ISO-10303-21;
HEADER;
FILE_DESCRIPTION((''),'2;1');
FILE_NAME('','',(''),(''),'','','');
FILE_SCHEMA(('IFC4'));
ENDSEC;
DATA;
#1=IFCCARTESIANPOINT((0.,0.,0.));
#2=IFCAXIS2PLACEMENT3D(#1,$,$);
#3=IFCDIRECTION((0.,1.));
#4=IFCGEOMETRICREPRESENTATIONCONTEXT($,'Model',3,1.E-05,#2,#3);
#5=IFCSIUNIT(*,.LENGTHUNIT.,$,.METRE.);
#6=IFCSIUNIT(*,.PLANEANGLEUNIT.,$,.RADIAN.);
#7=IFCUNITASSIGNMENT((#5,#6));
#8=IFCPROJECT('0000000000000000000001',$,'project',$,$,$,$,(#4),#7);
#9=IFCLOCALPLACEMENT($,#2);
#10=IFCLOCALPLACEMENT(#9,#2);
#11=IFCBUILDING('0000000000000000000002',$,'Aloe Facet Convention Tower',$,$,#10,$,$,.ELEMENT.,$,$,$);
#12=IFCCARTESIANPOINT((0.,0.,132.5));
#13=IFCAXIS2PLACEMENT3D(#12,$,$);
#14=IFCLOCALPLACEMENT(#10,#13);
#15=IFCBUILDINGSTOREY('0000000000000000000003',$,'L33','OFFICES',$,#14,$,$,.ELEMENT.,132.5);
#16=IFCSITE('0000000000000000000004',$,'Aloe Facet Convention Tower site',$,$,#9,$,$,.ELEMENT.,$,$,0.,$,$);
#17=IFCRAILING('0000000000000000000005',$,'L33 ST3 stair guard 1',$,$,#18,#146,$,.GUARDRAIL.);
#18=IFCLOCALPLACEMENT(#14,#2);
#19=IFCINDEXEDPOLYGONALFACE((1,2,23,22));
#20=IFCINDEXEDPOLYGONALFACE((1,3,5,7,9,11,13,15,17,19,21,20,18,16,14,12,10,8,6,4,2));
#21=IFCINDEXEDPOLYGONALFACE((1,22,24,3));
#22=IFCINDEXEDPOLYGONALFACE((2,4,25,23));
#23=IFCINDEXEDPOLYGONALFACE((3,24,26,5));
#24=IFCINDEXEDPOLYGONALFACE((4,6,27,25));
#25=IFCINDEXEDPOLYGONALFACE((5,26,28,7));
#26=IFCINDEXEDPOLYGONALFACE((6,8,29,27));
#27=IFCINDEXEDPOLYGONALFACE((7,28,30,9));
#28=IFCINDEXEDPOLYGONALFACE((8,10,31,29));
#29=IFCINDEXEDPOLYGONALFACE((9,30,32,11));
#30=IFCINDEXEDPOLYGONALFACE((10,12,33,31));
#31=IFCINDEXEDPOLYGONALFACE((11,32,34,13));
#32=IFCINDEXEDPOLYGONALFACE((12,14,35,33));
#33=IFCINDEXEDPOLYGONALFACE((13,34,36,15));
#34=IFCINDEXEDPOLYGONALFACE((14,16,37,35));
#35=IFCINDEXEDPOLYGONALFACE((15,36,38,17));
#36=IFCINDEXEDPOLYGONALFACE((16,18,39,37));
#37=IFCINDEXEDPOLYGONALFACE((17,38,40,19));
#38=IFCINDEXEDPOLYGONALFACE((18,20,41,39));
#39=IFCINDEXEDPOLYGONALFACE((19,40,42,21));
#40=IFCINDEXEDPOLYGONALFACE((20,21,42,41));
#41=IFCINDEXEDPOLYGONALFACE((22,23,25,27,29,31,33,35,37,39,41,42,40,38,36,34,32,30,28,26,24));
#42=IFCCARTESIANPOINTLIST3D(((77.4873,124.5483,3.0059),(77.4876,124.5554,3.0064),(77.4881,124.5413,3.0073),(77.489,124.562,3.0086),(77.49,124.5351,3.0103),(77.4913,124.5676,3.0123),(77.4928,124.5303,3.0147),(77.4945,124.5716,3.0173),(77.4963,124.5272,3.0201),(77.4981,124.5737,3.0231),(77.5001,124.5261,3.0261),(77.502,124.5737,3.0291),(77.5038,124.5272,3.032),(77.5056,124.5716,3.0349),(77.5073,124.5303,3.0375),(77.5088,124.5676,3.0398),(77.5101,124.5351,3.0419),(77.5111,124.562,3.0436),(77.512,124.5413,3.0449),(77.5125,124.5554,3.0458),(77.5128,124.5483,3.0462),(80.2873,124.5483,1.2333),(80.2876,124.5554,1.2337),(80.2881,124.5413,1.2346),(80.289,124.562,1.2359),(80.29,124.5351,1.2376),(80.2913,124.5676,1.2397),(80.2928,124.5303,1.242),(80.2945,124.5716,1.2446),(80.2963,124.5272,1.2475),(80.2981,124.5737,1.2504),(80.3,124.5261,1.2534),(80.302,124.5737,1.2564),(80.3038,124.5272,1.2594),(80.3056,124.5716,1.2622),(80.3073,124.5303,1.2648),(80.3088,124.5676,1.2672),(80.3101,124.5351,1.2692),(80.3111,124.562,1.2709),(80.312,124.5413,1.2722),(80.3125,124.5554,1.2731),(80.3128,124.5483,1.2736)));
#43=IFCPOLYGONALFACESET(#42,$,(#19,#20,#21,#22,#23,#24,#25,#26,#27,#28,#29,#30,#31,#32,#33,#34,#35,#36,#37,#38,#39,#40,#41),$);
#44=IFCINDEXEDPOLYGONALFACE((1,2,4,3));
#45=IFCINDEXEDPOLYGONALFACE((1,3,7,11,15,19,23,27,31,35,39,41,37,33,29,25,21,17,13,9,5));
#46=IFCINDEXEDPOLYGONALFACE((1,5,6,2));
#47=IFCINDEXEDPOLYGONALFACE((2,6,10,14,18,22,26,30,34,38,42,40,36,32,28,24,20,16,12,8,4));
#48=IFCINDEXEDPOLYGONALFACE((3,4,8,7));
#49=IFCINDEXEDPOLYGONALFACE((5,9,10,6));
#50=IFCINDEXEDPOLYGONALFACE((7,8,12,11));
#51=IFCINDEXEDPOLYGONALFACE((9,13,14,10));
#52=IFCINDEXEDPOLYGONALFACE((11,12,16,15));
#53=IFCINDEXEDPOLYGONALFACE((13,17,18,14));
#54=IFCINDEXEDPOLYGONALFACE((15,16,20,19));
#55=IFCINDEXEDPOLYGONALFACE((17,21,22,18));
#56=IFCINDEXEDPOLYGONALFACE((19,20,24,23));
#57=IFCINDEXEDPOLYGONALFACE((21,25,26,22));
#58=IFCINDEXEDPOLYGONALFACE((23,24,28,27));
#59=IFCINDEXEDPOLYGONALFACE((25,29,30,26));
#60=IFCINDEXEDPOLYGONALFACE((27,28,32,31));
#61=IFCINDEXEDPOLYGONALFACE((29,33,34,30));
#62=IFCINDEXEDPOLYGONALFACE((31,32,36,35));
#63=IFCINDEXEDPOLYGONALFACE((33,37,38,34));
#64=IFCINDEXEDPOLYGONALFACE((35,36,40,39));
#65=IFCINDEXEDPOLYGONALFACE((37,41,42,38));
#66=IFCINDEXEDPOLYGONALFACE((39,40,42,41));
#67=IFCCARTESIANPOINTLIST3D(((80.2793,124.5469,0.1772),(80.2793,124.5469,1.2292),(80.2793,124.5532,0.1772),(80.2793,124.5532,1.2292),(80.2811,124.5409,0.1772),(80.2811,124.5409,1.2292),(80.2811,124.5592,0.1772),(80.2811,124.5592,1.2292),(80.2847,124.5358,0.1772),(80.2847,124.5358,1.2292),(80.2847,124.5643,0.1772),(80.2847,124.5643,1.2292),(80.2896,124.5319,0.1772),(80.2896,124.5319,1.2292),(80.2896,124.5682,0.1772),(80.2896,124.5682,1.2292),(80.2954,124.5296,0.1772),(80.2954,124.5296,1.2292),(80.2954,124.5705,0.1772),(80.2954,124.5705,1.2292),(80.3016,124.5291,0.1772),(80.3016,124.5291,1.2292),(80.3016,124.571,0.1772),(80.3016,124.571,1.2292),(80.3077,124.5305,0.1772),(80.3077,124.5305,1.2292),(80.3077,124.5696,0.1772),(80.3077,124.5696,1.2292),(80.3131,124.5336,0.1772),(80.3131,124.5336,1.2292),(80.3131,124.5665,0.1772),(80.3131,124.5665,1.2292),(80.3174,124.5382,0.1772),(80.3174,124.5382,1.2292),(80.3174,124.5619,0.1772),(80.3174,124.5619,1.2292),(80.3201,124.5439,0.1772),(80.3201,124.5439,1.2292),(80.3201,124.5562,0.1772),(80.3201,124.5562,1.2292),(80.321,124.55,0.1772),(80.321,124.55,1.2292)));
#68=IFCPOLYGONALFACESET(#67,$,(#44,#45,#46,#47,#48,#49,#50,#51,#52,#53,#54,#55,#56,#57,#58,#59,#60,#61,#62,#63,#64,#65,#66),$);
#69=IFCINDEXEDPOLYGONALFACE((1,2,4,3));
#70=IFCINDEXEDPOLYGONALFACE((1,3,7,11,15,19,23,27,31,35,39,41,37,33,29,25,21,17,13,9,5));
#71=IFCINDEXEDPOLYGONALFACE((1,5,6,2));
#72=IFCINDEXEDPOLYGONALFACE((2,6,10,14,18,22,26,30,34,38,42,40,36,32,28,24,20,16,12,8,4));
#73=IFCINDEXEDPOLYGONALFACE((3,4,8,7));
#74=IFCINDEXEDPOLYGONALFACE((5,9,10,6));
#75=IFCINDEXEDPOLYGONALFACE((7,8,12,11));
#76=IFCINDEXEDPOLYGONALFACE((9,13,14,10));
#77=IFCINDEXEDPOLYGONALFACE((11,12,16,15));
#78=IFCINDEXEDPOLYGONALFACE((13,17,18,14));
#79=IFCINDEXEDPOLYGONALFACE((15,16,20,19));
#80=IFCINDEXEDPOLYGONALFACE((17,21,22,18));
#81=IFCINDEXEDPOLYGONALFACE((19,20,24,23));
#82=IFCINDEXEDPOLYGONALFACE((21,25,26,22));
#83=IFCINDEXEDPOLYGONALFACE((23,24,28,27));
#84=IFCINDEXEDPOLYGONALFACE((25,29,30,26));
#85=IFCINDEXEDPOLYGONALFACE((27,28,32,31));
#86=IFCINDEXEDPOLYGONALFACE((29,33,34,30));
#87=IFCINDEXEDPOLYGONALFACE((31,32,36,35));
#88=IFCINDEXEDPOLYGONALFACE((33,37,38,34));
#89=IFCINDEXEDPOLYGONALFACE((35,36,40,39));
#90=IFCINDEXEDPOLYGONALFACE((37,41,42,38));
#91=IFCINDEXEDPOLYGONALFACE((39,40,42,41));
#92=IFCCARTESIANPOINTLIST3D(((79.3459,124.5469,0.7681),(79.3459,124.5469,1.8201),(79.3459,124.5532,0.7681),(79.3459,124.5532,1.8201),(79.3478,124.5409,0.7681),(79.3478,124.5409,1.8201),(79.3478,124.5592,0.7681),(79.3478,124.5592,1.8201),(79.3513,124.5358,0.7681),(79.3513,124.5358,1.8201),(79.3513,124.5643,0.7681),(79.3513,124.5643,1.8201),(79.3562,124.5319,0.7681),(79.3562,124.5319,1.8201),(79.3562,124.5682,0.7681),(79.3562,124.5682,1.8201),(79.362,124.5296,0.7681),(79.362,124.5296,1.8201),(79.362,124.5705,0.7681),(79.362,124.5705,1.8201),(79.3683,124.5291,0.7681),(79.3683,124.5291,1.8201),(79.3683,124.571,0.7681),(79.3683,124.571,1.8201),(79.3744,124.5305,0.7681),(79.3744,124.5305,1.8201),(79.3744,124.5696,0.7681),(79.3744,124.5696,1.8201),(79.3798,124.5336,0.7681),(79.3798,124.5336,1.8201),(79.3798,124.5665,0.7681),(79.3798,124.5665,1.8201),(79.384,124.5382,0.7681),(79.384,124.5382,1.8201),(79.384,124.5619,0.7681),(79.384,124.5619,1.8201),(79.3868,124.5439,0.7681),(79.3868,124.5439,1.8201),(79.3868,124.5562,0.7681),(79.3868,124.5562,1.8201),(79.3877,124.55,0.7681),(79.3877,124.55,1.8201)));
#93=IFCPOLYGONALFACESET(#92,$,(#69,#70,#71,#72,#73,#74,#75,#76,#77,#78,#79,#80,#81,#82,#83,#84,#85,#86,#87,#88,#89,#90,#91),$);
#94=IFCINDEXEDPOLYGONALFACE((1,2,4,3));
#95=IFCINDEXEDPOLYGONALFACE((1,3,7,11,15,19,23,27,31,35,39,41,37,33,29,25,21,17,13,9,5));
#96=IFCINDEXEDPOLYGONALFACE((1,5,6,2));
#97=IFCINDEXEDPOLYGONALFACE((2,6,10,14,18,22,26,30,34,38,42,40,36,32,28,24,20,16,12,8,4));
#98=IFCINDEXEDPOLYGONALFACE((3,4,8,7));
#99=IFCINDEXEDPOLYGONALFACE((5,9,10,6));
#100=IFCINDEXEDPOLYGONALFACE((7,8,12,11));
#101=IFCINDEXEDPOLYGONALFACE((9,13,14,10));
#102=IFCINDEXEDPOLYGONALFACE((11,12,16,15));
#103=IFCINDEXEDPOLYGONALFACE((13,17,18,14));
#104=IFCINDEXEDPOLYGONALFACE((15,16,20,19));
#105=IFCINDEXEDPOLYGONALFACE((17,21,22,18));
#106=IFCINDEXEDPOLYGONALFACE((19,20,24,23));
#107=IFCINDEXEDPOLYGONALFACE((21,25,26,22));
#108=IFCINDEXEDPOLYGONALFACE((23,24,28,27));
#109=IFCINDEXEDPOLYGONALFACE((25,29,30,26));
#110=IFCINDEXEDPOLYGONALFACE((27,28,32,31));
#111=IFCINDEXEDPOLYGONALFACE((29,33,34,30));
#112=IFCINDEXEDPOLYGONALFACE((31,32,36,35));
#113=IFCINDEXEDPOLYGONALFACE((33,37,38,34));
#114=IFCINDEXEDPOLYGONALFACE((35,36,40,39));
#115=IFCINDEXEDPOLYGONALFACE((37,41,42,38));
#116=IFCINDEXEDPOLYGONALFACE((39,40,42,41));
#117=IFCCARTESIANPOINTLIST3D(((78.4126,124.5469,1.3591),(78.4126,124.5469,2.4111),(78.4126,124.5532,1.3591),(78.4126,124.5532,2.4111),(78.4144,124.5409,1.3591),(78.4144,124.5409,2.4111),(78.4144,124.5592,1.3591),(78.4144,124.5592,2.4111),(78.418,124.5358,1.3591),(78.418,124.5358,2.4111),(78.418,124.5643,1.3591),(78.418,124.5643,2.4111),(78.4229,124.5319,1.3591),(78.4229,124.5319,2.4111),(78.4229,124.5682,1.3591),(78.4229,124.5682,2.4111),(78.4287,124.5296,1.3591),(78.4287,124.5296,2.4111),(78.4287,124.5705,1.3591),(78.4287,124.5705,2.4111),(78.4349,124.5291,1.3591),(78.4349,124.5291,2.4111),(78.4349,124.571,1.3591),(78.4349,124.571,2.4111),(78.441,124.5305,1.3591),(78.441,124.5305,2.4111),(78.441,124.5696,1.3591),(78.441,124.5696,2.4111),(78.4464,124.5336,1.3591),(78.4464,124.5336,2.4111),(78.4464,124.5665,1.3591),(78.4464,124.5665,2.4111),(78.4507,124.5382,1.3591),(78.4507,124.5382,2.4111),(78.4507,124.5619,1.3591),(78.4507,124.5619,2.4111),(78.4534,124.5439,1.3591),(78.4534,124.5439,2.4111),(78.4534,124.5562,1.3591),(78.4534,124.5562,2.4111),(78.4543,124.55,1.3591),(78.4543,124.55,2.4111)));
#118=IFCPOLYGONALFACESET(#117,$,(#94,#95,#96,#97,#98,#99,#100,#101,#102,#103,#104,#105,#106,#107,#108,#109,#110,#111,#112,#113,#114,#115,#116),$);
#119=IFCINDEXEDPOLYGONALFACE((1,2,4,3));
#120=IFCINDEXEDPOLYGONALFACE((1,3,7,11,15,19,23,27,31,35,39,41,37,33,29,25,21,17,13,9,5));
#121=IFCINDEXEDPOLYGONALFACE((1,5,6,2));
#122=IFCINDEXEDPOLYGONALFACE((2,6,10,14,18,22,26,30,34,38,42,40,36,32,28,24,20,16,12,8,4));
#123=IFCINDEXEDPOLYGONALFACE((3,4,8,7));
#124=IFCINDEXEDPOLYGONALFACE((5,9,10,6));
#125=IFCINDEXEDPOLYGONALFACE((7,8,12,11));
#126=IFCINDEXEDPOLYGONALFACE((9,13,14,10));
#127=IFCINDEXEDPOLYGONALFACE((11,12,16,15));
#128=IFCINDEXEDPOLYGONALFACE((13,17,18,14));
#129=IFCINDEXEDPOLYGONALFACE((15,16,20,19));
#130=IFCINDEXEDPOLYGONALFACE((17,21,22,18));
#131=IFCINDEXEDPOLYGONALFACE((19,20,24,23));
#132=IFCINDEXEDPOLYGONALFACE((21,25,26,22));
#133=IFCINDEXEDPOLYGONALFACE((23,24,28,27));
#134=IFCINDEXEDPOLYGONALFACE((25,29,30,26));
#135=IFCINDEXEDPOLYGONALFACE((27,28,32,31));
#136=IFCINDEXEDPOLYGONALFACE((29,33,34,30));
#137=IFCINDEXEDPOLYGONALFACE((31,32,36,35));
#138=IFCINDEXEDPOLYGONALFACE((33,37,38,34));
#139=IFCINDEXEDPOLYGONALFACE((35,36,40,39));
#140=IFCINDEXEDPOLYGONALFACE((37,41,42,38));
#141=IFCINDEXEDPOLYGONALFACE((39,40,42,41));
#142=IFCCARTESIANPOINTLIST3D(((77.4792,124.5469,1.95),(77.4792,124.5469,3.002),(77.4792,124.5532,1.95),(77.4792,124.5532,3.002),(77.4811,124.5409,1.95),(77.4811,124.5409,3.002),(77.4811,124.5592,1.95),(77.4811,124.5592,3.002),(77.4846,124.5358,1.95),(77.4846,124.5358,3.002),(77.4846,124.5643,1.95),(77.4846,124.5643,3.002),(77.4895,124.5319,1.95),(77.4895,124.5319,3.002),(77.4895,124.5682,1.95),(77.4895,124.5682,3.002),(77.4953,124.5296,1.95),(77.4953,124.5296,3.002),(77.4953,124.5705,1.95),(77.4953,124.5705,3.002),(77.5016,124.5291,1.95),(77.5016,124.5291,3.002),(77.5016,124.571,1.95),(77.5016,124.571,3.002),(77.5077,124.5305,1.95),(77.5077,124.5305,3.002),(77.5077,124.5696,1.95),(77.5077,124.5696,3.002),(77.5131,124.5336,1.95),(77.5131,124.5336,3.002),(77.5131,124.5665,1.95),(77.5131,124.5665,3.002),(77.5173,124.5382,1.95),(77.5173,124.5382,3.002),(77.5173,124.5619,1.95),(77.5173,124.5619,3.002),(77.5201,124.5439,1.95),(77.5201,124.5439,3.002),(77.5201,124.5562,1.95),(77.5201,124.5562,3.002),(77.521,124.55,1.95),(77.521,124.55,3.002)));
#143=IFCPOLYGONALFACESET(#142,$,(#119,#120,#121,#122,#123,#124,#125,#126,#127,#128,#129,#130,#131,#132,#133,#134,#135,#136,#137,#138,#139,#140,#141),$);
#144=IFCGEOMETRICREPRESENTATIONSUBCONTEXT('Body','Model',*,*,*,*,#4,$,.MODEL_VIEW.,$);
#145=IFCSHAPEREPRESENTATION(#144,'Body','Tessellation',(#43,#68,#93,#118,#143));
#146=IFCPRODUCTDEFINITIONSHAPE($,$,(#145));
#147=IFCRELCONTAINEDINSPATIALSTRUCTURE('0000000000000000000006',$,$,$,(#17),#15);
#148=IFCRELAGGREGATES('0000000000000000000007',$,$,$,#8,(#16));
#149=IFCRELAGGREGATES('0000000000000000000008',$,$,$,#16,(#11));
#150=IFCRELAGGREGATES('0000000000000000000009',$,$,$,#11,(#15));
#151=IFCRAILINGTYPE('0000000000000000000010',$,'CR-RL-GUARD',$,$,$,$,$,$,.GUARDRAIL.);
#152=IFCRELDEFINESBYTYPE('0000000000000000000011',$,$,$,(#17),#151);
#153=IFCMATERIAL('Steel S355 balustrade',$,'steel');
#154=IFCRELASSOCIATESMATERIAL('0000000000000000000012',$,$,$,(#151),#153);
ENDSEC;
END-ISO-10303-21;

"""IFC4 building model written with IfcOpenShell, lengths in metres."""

from ifc_helpers import new_model, si_unit, direction, frame, origin, origin_2d, place, context, subcontext, project, spatial, circle, extrude, material, type_object, element, save


model = new_model("IFC4")

# Units and contexts
model_context = context("Model", 3, precision=1e-05, world=origin(), true_north=direction((0.0, 1.0)))
body_context = subcontext(model_context, "Body", "Model", "MODEL_VIEW")
ifc_project = project(units=[si_unit("LENGTHUNIT", "METRE"), si_unit("PLANEANGLEUNIT", "RADIAN")], contexts=[model_context])

# Site, building, storey
site_placement = place(None, origin())
site = spatial("IfcSite", under=ifc_project, at=site_placement, Name="Aloe Facet Convention Tower site", CompositionType="ELEMENT", RefElevation=0.0)
building_placement = place(site_placement, origin())
building = spatial("IfcBuilding", under=site, at=building_placement, Name="Aloe Facet Convention Tower", CompositionType="ELEMENT")
storey_placement = place(building_placement, frame((0.0, 0.0, 132.5)))
storey = spatial("IfcBuildingStorey", under=building, at=storey_placement, Name="L33", Description="OFFICES", CompositionType="ELEMENT", Elevation=132.5)

# Railing
ifc_material_1 = material(Name="Steel S355 balustrade", Category="steel")
railing_type_1 = type_object("IfcRailingType", Name="CR-RL-GUARD", PredefinedType="GUARDRAIL", material=ifc_material_1)
railing_1_placement = place(storey_placement, frame((80.3, 124.55, 0.1772)))
element("IfcRailing", 1, at=railing_1_placement, inside=storey, type_object=railing_type_1, Name="L33 ST3 stair guard 1", PredefinedType="GUARDRAIL", context=body_context, shape_type="SweptSolid", body=[
    extrude(circle(Radius=0.0239, at=origin_2d()), frame((0.0, 0.0, 1.0762), z_axis=(-0.844909, 0.0, 0.53491), x_axis=(0.0, -1.0, 0.0)), (0.0, 0.0, 1.0), 3.314),
    extrude(circle(Radius=0.021, at=origin_2d()), origin(), (0.0, 0.0, 1.0), 1.052),
    extrude(circle(Radius=0.021, at=origin_2d()), frame((-0.9333, 0.0, 0.5908)), (0.0, 0.0, 1.0), 1.052),
    extrude(circle(Radius=0.021, at=origin_2d()), frame((-1.8667, 0.0, 1.1819)), (0.0, 0.0, 1.0), 1.052),
    extrude(circle(Radius=0.021, at=origin_2d()), frame((-2.8, 0.0, 1.7727)), (0.0, 0.0, 1.0), 1.052),
])

save(model, "model.ifc")
